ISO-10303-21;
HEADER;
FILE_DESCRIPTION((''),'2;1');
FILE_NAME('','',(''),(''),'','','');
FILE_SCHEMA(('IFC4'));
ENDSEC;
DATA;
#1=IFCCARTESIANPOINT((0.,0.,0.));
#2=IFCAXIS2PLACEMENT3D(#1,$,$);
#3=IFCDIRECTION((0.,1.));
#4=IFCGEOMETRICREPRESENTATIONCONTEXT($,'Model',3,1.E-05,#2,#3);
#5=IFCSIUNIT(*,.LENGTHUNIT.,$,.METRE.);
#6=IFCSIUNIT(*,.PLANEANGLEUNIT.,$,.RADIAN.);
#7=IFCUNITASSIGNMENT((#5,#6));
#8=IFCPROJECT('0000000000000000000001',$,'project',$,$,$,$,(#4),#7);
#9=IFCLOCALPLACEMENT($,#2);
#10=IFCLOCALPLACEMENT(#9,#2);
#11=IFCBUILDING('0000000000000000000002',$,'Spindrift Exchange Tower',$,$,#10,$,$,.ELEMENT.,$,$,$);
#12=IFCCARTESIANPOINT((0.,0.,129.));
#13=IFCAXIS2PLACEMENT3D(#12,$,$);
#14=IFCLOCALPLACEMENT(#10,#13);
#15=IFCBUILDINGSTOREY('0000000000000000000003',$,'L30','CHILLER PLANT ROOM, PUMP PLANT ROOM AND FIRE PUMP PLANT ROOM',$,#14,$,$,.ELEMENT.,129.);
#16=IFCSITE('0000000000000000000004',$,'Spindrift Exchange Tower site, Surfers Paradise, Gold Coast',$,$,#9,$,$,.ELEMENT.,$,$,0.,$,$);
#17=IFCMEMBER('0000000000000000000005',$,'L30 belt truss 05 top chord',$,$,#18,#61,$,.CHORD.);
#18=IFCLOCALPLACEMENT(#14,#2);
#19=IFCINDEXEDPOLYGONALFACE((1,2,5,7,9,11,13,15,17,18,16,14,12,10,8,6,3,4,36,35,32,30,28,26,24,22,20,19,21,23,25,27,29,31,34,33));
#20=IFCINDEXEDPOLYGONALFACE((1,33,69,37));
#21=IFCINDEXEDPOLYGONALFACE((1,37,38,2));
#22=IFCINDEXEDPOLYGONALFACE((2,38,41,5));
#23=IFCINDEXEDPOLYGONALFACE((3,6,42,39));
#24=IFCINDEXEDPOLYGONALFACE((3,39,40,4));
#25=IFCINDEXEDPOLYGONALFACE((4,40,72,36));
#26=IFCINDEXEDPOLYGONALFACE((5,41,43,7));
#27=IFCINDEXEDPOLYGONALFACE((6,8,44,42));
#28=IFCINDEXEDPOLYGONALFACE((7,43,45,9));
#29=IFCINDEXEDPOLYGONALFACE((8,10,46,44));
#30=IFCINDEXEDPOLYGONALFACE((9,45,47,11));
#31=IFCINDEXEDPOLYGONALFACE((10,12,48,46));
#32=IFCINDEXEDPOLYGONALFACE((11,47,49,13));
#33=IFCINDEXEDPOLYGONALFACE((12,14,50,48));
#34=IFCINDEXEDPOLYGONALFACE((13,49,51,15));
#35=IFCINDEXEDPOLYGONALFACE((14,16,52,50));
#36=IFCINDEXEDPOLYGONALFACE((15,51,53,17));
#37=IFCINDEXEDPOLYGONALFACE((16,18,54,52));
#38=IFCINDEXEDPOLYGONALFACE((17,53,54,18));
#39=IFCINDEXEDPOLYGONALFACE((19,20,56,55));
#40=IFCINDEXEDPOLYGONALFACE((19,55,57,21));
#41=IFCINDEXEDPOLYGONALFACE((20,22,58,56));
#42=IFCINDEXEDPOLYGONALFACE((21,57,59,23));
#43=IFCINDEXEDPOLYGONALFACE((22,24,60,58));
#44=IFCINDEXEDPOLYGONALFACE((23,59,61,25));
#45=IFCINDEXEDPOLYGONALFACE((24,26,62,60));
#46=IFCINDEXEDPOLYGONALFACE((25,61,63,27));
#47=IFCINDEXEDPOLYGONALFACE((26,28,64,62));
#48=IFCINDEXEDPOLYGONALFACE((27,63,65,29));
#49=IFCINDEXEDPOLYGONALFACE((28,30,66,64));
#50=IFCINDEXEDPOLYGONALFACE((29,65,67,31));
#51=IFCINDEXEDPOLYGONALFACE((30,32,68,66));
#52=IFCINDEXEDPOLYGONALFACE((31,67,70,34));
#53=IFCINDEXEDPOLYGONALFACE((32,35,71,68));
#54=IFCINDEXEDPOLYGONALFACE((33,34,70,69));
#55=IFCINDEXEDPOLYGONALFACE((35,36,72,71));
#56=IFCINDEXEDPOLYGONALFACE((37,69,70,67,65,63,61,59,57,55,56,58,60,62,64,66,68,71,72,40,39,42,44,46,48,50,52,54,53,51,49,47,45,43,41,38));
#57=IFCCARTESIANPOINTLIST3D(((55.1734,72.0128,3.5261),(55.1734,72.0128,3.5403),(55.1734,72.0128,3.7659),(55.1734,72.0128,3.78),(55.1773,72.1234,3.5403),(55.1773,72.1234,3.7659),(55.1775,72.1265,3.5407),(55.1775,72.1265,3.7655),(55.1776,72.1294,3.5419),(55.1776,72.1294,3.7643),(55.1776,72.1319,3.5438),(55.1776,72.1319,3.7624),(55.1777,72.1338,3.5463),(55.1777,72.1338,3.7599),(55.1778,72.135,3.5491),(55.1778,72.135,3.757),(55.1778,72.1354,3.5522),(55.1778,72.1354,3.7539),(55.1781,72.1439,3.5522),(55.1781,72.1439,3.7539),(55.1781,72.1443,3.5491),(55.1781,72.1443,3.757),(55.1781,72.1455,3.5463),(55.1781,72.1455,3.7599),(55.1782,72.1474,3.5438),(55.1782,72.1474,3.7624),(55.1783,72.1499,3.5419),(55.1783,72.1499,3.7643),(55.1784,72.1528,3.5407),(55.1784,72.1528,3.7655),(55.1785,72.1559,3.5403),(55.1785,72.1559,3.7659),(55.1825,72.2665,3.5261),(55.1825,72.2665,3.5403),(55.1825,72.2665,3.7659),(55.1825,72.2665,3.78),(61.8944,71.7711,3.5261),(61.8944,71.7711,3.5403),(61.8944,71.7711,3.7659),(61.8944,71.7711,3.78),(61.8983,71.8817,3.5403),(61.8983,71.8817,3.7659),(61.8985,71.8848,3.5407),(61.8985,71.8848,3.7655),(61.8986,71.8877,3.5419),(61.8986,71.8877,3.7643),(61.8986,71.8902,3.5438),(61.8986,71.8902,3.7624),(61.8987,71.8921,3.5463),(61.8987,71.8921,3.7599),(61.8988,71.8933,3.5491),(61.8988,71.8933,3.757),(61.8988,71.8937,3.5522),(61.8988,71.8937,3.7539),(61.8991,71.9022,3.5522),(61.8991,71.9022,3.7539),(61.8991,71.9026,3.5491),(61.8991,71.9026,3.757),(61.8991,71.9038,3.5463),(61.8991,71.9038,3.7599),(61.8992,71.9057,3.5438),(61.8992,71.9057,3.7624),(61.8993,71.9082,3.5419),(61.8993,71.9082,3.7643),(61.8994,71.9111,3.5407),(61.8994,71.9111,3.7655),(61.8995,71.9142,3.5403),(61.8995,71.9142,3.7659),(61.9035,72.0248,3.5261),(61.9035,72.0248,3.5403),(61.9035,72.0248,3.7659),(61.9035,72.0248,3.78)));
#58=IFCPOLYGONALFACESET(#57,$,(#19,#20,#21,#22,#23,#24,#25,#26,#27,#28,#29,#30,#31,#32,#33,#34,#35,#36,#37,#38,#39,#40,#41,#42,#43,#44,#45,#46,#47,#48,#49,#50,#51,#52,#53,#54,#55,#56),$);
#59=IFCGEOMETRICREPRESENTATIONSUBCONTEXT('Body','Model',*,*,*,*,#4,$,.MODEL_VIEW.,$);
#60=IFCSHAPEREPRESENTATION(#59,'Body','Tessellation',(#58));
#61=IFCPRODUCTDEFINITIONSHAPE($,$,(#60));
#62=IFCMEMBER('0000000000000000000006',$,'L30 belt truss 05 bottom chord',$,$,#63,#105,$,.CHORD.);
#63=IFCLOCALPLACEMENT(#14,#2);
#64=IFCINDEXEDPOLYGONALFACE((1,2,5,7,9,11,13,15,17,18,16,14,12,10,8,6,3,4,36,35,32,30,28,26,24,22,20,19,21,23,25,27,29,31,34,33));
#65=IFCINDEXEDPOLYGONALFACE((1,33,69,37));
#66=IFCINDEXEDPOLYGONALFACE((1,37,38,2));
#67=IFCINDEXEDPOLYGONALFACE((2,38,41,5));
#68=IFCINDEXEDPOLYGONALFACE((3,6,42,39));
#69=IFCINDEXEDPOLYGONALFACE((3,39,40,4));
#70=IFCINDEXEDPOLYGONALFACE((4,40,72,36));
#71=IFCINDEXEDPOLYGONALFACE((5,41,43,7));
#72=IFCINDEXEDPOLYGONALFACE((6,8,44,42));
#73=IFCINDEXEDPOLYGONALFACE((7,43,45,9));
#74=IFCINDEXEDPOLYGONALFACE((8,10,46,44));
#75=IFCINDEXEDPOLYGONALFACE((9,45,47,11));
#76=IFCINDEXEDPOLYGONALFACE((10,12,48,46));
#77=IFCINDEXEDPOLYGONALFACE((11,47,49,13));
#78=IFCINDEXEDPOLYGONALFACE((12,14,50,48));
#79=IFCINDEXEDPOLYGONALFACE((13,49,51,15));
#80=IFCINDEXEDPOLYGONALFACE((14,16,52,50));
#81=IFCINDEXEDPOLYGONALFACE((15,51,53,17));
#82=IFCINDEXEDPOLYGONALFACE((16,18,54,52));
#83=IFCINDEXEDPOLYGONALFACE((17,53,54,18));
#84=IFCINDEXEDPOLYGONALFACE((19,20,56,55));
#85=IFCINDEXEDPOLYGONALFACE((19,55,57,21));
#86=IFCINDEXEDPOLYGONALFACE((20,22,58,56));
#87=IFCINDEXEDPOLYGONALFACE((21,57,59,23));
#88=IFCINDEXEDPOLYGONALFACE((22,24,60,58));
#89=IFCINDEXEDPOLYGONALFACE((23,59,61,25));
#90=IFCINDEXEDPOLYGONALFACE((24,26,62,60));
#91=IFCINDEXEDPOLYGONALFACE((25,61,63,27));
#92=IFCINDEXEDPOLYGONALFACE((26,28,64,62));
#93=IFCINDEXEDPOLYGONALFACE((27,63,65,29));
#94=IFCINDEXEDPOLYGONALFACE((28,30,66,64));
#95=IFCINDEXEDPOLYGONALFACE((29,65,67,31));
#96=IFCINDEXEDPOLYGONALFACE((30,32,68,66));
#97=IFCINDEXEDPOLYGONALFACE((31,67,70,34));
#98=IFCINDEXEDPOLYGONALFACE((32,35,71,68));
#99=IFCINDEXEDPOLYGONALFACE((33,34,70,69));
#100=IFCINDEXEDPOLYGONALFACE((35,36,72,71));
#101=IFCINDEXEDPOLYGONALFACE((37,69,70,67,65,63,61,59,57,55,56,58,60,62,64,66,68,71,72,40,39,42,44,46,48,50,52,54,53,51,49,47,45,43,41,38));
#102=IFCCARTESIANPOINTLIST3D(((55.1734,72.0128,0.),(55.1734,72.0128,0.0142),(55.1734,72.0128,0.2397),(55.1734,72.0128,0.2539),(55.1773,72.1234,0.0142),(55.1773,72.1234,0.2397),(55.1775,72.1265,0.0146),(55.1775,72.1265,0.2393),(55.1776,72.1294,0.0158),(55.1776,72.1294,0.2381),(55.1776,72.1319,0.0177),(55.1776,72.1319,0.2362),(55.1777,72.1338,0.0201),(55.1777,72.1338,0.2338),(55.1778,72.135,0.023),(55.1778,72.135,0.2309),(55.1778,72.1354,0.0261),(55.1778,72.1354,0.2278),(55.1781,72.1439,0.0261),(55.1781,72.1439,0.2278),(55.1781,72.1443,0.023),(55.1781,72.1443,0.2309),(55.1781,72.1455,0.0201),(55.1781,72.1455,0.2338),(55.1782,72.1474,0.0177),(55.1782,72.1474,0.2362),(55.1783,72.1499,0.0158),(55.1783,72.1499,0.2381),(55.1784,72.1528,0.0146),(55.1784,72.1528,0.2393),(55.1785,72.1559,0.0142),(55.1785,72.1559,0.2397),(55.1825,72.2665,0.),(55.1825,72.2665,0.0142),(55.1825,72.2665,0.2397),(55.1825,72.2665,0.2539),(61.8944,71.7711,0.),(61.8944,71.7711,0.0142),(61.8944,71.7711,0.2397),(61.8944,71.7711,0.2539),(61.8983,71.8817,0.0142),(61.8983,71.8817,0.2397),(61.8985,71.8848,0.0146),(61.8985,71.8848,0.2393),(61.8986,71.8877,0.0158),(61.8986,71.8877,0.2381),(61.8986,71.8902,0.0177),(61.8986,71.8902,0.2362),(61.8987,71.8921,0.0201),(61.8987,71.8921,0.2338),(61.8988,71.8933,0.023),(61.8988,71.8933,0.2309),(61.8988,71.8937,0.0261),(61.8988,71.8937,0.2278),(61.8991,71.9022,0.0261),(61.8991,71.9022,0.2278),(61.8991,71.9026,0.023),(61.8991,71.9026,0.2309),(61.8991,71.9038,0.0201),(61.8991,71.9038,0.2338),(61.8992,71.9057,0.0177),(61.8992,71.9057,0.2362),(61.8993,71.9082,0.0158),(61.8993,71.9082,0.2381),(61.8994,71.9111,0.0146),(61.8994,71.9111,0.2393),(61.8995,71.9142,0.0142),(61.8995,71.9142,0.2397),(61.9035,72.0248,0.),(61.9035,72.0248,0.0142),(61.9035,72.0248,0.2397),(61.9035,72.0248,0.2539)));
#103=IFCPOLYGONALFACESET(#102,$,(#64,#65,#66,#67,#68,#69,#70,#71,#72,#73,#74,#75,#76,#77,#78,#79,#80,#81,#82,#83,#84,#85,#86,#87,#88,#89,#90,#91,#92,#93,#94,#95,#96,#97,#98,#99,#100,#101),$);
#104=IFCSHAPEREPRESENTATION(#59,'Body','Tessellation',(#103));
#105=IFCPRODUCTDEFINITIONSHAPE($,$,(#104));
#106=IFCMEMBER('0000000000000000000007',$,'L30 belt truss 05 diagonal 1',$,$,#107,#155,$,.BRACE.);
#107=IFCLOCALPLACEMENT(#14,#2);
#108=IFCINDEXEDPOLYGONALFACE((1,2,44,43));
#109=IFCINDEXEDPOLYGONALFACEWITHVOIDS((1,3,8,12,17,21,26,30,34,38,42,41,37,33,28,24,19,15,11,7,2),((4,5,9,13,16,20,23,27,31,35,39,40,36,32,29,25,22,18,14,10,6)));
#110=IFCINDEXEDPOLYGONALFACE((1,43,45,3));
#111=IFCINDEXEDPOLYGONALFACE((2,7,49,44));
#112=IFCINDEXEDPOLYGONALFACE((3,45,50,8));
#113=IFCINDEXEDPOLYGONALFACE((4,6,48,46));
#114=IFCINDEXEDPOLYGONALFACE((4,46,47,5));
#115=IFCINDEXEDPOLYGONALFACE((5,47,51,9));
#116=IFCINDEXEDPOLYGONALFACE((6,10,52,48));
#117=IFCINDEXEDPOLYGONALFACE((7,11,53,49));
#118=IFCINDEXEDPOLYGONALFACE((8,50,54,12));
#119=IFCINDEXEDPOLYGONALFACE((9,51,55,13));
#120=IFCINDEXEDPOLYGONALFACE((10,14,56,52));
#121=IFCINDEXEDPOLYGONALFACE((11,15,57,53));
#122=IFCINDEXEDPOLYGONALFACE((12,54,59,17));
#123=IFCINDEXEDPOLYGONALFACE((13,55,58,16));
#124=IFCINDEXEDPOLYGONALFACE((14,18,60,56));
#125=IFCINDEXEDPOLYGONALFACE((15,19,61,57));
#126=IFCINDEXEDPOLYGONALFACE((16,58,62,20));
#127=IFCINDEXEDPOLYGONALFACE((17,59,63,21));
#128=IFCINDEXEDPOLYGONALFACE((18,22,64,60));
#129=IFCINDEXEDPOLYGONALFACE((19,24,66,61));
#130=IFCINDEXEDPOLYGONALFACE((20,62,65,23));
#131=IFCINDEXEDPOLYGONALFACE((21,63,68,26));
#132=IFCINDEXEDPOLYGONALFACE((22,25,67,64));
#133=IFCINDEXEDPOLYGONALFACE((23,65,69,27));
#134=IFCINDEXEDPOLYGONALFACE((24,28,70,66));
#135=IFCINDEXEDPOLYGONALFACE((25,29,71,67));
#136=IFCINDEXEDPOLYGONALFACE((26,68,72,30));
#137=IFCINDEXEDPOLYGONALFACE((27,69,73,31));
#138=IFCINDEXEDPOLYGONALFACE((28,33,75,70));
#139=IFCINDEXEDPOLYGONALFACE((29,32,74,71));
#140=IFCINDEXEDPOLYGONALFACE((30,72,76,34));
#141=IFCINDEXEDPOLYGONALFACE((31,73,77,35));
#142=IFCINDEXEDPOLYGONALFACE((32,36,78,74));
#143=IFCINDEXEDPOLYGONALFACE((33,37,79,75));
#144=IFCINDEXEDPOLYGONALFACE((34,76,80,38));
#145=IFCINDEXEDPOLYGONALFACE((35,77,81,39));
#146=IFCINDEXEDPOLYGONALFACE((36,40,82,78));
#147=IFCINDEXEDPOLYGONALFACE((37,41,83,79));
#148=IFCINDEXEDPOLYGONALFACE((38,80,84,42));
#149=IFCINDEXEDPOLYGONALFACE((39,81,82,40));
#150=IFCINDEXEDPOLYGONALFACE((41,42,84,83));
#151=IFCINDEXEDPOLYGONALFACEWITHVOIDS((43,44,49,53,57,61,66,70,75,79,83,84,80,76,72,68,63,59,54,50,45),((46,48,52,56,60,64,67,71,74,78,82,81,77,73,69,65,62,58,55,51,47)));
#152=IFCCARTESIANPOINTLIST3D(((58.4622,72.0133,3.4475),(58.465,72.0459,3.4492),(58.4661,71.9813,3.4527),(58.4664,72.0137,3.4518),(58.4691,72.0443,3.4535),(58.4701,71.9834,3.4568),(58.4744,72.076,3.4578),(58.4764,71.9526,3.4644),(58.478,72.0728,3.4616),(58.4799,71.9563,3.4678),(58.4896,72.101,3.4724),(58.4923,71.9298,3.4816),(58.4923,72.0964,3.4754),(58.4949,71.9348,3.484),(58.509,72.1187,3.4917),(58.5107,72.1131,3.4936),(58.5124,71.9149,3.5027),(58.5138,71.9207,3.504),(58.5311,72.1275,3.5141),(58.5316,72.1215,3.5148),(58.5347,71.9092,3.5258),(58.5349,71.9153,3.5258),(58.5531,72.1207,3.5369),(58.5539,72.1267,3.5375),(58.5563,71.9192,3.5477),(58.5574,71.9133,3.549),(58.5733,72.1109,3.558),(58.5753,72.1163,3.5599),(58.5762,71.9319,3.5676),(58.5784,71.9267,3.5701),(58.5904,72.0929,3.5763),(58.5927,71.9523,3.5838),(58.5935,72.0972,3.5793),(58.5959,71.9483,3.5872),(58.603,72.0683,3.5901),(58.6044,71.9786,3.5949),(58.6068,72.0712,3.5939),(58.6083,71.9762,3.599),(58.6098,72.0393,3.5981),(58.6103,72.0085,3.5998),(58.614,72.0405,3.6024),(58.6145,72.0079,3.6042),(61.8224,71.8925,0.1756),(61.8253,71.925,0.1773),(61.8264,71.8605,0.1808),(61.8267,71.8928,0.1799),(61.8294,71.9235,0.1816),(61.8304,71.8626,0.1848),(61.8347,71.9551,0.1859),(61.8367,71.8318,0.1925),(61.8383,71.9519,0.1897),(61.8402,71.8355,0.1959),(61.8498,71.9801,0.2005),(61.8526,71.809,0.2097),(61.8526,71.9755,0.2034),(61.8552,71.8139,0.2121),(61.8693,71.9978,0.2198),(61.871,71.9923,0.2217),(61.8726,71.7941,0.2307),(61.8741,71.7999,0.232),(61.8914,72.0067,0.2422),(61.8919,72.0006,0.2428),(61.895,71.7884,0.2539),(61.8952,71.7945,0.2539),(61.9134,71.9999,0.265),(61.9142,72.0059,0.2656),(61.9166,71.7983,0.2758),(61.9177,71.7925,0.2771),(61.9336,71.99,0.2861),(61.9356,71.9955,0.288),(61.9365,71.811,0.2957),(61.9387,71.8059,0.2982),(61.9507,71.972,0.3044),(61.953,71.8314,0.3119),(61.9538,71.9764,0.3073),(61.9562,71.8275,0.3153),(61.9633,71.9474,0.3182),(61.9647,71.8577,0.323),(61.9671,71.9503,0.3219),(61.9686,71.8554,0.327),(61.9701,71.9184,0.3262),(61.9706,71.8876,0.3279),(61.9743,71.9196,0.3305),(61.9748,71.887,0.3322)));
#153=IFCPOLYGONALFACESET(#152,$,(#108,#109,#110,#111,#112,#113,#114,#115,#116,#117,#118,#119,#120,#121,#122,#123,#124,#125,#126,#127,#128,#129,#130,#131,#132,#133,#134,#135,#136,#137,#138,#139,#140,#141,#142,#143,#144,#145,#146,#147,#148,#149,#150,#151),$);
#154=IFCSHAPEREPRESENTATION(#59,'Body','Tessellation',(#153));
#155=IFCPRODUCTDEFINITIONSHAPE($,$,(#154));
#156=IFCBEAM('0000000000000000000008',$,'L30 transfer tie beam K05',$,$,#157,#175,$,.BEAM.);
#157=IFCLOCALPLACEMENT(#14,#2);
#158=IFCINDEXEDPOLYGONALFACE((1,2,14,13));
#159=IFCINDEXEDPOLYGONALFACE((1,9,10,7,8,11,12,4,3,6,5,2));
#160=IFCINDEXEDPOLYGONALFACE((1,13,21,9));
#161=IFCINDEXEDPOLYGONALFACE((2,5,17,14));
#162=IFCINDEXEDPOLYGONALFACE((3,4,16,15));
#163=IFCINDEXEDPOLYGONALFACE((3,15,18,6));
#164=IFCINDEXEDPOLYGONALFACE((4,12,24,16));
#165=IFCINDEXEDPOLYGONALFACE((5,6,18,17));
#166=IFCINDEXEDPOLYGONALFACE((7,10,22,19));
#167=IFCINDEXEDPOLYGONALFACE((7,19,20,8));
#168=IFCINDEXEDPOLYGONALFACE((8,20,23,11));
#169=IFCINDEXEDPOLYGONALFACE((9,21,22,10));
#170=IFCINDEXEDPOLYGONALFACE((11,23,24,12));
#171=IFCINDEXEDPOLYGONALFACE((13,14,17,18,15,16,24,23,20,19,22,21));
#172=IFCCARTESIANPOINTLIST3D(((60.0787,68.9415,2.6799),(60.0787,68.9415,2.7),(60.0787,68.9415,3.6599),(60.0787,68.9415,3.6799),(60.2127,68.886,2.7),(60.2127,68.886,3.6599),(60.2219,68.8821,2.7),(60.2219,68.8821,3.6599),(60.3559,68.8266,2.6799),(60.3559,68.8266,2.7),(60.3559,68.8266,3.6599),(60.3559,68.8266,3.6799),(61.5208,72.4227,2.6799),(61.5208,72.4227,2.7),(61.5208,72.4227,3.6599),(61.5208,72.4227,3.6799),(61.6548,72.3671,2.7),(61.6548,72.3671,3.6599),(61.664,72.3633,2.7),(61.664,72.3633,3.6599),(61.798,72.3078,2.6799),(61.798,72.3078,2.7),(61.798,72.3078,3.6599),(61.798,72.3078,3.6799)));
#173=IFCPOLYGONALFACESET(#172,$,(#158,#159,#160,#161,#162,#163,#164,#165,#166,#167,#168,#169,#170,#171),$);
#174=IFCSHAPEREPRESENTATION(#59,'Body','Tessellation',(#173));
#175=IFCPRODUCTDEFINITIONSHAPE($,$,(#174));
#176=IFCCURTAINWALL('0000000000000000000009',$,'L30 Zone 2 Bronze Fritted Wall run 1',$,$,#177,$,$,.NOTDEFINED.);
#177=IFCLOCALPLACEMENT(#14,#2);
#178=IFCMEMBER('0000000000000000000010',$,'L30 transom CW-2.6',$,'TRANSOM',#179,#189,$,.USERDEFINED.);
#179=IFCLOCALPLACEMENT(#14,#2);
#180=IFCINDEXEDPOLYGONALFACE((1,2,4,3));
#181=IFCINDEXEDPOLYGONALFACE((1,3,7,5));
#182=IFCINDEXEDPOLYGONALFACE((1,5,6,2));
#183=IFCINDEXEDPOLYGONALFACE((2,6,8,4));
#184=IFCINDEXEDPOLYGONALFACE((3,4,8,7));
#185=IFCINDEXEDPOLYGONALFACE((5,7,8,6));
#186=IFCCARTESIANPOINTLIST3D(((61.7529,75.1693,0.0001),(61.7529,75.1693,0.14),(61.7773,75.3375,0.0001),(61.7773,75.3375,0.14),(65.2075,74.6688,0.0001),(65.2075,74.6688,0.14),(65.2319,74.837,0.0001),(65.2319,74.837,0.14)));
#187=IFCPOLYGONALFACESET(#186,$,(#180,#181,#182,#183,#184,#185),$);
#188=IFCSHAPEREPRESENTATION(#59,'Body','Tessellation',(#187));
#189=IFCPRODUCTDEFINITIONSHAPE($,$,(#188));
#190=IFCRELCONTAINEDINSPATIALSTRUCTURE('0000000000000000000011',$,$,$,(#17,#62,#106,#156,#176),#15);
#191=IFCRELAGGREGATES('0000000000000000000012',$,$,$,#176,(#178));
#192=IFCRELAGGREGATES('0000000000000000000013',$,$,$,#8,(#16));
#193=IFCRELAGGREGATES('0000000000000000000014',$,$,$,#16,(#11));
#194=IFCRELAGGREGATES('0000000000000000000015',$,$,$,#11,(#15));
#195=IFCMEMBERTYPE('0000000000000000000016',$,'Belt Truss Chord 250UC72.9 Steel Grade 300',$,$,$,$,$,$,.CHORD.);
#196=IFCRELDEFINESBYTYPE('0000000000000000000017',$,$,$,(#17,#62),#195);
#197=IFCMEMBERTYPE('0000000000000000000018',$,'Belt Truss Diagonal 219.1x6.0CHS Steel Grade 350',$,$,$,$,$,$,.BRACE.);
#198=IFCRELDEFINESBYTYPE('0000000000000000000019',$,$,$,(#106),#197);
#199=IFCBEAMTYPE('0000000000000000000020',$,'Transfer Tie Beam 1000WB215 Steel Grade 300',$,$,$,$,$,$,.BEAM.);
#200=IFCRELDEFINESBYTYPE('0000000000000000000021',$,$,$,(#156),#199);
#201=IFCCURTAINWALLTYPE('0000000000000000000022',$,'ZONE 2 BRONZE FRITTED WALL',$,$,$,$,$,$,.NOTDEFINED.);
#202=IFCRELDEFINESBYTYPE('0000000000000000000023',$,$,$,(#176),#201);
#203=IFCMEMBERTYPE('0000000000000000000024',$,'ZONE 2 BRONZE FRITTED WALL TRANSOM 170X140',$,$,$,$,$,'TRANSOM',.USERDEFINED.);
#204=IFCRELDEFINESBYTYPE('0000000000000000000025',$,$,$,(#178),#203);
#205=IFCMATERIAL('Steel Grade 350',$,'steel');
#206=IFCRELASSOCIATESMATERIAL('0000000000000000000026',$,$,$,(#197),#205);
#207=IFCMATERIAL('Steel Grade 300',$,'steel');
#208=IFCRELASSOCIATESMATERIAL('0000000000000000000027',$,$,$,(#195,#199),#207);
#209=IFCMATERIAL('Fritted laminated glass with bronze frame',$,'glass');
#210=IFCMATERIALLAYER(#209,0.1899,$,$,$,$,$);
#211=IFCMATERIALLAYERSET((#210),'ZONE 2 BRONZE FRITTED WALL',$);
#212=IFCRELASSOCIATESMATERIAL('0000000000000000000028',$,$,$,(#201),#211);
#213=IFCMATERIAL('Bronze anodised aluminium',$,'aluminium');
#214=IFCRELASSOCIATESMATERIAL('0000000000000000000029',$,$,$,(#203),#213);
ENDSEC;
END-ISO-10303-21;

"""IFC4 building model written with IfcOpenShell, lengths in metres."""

from ifc_helpers import new_model, si_unit, direction, frame, origin, origin_2d, place, context, subcontext, project, spatial, rectangle, hollow_circle, i_section, extrude, source, transform, mapped, material, layer, layer_set, material_profile, profile_set, type_object, element, aggregate, save


model = new_model("IFC4")

# Units and contexts
model_context = context("Model", 3, precision=1e-05, world=origin(), true_north=direction((0.0, 1.0)))
body_context = subcontext(model_context, "Body", "Model", "MODEL_VIEW")
ifc_project = project(units=[si_unit("LENGTHUNIT", "METRE"), si_unit("PLANEANGLEUNIT", "RADIAN")], contexts=[model_context])

# Site, building, storey
site_placement = place(None, origin())
site = spatial("IfcSite", under=ifc_project, at=site_placement, Name="Spindrift Exchange Tower site, Surfers Paradise, Gold Coast", CompositionType="ELEMENT", RefElevation=0.0)
building_placement = place(site_placement, origin())
building = spatial("IfcBuilding", under=site, at=building_placement, Name="Spindrift Exchange Tower", CompositionType="ELEMENT")
storey_placement = place(building_placement, frame((0.0, 0.0, 129.0)))
storey = spatial("IfcBuildingStorey", under=building, at=storey_placement, Name="L30", Description="CHILLER PLANT ROOM, PUMP PLANT ROOM AND FIRE PUMP PLANT ROOM", CompositionType="ELEMENT", Elevation=129.0)

# Shared definitions
ifc_material_1 = material(Name="Steel Grade 300", Category="steel")

# Members
ifc_material_2 = material(Name="Steel Grade 350", Category="steel")
ifc_material_profile_1 = material_profile(ifc_material_2, hollow_circle(Radius=0.1096, WallThickness=0.0061, at=origin_2d()), Name="219.1x6.0CHS")
ifc_profile_set_1 = profile_set([ifc_material_profile_1], Name="Steel Grade 350")
member_type_1 = type_object("IfcMemberType", Name="Belt Truss Diagonal 219.1x6.0CHS Steel Grade 350", PredefinedType="BRACE", material=ifc_profile_set_1)
ifc_material_profile_2 = material_profile(ifc_material_1, i_section(OverallWidth=0.2539, OverallDepth=0.2539, WebThickness=0.0085, FlangeThickness=0.0142, FilletRadius=0.012, at=origin_2d()), Name="250UC72.9")
ifc_profile_set_2 = profile_set([ifc_material_profile_2], Name="Steel Grade 300")
member_type_2 = type_object("IfcMemberType", Name="Belt Truss Chord 250UC72.9 Steel Grade 300", PredefinedType="CHORD", material=ifc_profile_set_2)
shared_shape_1 = source(origin(), body_context, "Body", "SweptSolid", [
    extrude(i_section(OverallWidth=0.2539, OverallDepth=0.2539, WebThickness=0.0085, FlangeThickness=0.0142, FilletRadius=0.012, at=origin_2d()), origin(), (0.0, 0.0, 1.0), 6.7253),
])
for number, where, z_axis, x_axis, name in (
    (1, (61.8989, 71.8979, 3.6531), (-0.999354, 0.035939, 0.0), (-0.035939, -0.999354, 0.0), "L30 belt truss 05 top chord"),
    (2, (61.8989, 71.8979, 0.127), (-0.999354, 0.035939, 0.0), (-0.035939, -0.999354, 0.0), "L30 belt truss 05 bottom chord"),
):
    element("IfcMember", number, at=place(storey_placement, frame(where, z_axis=z_axis, x_axis=x_axis)), inside=storey, type_object=member_type_2, Name=name, PredefinedType="CHORD", context=body_context, shape_type="MappedRepresentation", body=[
        mapped(shared_shape_1, transform((0.0, 0.0, 0.0), scale=1.0)),
    ])
shared_shape_2 = source(origin(), body_context, "Body", "SweptSolid", [
    extrude(hollow_circle(Radius=0.1096, WallThickness=0.0061, at=origin_2d()), origin(), (0.0, 0.0, 1.0), 4.6917),
])
member_1_placement = place(storey_placement, frame((61.8989, 71.8979, 0.2539), z_axis=(-0.716228, 0.025758, 0.697391), x_axis=(-0.03594, -0.999354, 0.0)))
element("IfcMember", 3, at=member_1_placement, inside=storey, type_object=member_type_1, Name="L30 belt truss 05 diagonal 1", PredefinedType="BRACE", context=body_context, shape_type="MappedRepresentation", body=[
    mapped(shared_shape_2, transform((0.0, 0.0, 0.0), scale=1.0)),
])

# Beam
ifc_material_profile_3 = material_profile(ifc_material_1, i_section(OverallWidth=0.3, OverallDepth=1.0, WebThickness=0.01, FlangeThickness=0.02, at=origin_2d()), Name="1000WB215")
ifc_profile_set_3 = profile_set([ifc_material_profile_3], Name="Steel Grade 300")
beam_type_1 = type_object("IfcBeamType", Name="Transfer Tie Beam 1000WB215 Steel Grade 300", PredefinedType="BEAM", material=ifc_profile_set_3)
shared_shape_3 = source(origin(), body_context, "Body", "SweptSolid", [
    extrude(i_section(OverallWidth=0.3, OverallDepth=1.0, WebThickness=0.01, FlangeThickness=0.02, at=origin_2d()), origin(), (0.0, 0.0, 1.0), 3.7681),
])
beam_1_placement = place(storey_placement, frame((61.6594, 72.3652, 3.1799), z_axis=(-0.382724, -0.923863, 0.0), x_axis=(0.923863, -0.382724, 0.0)))
element("IfcBeam", 4, at=beam_1_placement, inside=storey, type_object=beam_type_1, Name="L30 transfer tie beam K05", PredefinedType="BEAM", context=body_context, shape_type="MappedRepresentation", body=[
    mapped(shared_shape_3, transform((0.0, 0.0, 0.0), scale=1.0)),
])

# Curtain wall, member
ifc_material_3 = material(Name="Fritted laminated glass with bronze frame", Category="glass")
ifc_layer_1 = layer(ifc_material_3, 0.1899)
ifc_layer_set_1 = layer_set([ifc_layer_1], Name="ZONE 2 BRONZE FRITTED WALL")
curtain_wall_type = type_object("IfcCurtainWallType", Name="ZONE 2 BRONZE FRITTED WALL", PredefinedType="NOTDEFINED", material=ifc_layer_set_1)
curtain_wall_1_placement = place(storey_placement, origin())
curtain_wall_1 = element("IfcCurtainWall", 5, at=curtain_wall_1_placement, inside=storey, type_object=curtain_wall_type, Name="L30 Zone 2 Bronze Fritted Wall run 1", PredefinedType="NOTDEFINED")
ifc_material_4 = material(Name="Bronze anodised aluminium", Category="aluminium")
ifc_material_profile_4 = material_profile(ifc_material_4, rectangle(XDim=0.1699, YDim=0.1399, at=origin_2d()), Name="ZONE 2 BRONZE FRITTED WALL TRANSOM 170X140")
ifc_profile_set_4 = profile_set([ifc_material_profile_4], Name="Bronze anodised aluminium")
member_type_3 = type_object("IfcMemberType", Name="ZONE 2 BRONZE FRITTED WALL TRANSOM 170X140", ElementType="TRANSOM", PredefinedType="USERDEFINED", material=ifc_profile_set_4)
shared_shape_4 = source(origin(), body_context, "Body", "SweptSolid", [
    extrude(rectangle(XDim=0.1699, YDim=0.1399, at=origin_2d()), origin(), (0.0, 0.0, 1.0), 3.4907),
])
member_2_placement = place(storey_placement, frame((65.2197, 74.7529, 0.0701), z_axis=(-0.989668, 0.143379, 0.0), x_axis=(-0.143379, -0.989668, 0.0)))
member_2 = element("IfcMember", 6, at=member_2_placement, type_object=member_type_3, Name="L30 transom CW-2.6", ObjectType="TRANSOM", PredefinedType="USERDEFINED", context=body_context, shape_type="MappedRepresentation", body=[
    mapped(shared_shape_4, transform((0.0, 0.0, 0.0), scale=1.0)),
])

aggregate(curtain_wall_1, [member_2])

save(model, "model.ifc")
